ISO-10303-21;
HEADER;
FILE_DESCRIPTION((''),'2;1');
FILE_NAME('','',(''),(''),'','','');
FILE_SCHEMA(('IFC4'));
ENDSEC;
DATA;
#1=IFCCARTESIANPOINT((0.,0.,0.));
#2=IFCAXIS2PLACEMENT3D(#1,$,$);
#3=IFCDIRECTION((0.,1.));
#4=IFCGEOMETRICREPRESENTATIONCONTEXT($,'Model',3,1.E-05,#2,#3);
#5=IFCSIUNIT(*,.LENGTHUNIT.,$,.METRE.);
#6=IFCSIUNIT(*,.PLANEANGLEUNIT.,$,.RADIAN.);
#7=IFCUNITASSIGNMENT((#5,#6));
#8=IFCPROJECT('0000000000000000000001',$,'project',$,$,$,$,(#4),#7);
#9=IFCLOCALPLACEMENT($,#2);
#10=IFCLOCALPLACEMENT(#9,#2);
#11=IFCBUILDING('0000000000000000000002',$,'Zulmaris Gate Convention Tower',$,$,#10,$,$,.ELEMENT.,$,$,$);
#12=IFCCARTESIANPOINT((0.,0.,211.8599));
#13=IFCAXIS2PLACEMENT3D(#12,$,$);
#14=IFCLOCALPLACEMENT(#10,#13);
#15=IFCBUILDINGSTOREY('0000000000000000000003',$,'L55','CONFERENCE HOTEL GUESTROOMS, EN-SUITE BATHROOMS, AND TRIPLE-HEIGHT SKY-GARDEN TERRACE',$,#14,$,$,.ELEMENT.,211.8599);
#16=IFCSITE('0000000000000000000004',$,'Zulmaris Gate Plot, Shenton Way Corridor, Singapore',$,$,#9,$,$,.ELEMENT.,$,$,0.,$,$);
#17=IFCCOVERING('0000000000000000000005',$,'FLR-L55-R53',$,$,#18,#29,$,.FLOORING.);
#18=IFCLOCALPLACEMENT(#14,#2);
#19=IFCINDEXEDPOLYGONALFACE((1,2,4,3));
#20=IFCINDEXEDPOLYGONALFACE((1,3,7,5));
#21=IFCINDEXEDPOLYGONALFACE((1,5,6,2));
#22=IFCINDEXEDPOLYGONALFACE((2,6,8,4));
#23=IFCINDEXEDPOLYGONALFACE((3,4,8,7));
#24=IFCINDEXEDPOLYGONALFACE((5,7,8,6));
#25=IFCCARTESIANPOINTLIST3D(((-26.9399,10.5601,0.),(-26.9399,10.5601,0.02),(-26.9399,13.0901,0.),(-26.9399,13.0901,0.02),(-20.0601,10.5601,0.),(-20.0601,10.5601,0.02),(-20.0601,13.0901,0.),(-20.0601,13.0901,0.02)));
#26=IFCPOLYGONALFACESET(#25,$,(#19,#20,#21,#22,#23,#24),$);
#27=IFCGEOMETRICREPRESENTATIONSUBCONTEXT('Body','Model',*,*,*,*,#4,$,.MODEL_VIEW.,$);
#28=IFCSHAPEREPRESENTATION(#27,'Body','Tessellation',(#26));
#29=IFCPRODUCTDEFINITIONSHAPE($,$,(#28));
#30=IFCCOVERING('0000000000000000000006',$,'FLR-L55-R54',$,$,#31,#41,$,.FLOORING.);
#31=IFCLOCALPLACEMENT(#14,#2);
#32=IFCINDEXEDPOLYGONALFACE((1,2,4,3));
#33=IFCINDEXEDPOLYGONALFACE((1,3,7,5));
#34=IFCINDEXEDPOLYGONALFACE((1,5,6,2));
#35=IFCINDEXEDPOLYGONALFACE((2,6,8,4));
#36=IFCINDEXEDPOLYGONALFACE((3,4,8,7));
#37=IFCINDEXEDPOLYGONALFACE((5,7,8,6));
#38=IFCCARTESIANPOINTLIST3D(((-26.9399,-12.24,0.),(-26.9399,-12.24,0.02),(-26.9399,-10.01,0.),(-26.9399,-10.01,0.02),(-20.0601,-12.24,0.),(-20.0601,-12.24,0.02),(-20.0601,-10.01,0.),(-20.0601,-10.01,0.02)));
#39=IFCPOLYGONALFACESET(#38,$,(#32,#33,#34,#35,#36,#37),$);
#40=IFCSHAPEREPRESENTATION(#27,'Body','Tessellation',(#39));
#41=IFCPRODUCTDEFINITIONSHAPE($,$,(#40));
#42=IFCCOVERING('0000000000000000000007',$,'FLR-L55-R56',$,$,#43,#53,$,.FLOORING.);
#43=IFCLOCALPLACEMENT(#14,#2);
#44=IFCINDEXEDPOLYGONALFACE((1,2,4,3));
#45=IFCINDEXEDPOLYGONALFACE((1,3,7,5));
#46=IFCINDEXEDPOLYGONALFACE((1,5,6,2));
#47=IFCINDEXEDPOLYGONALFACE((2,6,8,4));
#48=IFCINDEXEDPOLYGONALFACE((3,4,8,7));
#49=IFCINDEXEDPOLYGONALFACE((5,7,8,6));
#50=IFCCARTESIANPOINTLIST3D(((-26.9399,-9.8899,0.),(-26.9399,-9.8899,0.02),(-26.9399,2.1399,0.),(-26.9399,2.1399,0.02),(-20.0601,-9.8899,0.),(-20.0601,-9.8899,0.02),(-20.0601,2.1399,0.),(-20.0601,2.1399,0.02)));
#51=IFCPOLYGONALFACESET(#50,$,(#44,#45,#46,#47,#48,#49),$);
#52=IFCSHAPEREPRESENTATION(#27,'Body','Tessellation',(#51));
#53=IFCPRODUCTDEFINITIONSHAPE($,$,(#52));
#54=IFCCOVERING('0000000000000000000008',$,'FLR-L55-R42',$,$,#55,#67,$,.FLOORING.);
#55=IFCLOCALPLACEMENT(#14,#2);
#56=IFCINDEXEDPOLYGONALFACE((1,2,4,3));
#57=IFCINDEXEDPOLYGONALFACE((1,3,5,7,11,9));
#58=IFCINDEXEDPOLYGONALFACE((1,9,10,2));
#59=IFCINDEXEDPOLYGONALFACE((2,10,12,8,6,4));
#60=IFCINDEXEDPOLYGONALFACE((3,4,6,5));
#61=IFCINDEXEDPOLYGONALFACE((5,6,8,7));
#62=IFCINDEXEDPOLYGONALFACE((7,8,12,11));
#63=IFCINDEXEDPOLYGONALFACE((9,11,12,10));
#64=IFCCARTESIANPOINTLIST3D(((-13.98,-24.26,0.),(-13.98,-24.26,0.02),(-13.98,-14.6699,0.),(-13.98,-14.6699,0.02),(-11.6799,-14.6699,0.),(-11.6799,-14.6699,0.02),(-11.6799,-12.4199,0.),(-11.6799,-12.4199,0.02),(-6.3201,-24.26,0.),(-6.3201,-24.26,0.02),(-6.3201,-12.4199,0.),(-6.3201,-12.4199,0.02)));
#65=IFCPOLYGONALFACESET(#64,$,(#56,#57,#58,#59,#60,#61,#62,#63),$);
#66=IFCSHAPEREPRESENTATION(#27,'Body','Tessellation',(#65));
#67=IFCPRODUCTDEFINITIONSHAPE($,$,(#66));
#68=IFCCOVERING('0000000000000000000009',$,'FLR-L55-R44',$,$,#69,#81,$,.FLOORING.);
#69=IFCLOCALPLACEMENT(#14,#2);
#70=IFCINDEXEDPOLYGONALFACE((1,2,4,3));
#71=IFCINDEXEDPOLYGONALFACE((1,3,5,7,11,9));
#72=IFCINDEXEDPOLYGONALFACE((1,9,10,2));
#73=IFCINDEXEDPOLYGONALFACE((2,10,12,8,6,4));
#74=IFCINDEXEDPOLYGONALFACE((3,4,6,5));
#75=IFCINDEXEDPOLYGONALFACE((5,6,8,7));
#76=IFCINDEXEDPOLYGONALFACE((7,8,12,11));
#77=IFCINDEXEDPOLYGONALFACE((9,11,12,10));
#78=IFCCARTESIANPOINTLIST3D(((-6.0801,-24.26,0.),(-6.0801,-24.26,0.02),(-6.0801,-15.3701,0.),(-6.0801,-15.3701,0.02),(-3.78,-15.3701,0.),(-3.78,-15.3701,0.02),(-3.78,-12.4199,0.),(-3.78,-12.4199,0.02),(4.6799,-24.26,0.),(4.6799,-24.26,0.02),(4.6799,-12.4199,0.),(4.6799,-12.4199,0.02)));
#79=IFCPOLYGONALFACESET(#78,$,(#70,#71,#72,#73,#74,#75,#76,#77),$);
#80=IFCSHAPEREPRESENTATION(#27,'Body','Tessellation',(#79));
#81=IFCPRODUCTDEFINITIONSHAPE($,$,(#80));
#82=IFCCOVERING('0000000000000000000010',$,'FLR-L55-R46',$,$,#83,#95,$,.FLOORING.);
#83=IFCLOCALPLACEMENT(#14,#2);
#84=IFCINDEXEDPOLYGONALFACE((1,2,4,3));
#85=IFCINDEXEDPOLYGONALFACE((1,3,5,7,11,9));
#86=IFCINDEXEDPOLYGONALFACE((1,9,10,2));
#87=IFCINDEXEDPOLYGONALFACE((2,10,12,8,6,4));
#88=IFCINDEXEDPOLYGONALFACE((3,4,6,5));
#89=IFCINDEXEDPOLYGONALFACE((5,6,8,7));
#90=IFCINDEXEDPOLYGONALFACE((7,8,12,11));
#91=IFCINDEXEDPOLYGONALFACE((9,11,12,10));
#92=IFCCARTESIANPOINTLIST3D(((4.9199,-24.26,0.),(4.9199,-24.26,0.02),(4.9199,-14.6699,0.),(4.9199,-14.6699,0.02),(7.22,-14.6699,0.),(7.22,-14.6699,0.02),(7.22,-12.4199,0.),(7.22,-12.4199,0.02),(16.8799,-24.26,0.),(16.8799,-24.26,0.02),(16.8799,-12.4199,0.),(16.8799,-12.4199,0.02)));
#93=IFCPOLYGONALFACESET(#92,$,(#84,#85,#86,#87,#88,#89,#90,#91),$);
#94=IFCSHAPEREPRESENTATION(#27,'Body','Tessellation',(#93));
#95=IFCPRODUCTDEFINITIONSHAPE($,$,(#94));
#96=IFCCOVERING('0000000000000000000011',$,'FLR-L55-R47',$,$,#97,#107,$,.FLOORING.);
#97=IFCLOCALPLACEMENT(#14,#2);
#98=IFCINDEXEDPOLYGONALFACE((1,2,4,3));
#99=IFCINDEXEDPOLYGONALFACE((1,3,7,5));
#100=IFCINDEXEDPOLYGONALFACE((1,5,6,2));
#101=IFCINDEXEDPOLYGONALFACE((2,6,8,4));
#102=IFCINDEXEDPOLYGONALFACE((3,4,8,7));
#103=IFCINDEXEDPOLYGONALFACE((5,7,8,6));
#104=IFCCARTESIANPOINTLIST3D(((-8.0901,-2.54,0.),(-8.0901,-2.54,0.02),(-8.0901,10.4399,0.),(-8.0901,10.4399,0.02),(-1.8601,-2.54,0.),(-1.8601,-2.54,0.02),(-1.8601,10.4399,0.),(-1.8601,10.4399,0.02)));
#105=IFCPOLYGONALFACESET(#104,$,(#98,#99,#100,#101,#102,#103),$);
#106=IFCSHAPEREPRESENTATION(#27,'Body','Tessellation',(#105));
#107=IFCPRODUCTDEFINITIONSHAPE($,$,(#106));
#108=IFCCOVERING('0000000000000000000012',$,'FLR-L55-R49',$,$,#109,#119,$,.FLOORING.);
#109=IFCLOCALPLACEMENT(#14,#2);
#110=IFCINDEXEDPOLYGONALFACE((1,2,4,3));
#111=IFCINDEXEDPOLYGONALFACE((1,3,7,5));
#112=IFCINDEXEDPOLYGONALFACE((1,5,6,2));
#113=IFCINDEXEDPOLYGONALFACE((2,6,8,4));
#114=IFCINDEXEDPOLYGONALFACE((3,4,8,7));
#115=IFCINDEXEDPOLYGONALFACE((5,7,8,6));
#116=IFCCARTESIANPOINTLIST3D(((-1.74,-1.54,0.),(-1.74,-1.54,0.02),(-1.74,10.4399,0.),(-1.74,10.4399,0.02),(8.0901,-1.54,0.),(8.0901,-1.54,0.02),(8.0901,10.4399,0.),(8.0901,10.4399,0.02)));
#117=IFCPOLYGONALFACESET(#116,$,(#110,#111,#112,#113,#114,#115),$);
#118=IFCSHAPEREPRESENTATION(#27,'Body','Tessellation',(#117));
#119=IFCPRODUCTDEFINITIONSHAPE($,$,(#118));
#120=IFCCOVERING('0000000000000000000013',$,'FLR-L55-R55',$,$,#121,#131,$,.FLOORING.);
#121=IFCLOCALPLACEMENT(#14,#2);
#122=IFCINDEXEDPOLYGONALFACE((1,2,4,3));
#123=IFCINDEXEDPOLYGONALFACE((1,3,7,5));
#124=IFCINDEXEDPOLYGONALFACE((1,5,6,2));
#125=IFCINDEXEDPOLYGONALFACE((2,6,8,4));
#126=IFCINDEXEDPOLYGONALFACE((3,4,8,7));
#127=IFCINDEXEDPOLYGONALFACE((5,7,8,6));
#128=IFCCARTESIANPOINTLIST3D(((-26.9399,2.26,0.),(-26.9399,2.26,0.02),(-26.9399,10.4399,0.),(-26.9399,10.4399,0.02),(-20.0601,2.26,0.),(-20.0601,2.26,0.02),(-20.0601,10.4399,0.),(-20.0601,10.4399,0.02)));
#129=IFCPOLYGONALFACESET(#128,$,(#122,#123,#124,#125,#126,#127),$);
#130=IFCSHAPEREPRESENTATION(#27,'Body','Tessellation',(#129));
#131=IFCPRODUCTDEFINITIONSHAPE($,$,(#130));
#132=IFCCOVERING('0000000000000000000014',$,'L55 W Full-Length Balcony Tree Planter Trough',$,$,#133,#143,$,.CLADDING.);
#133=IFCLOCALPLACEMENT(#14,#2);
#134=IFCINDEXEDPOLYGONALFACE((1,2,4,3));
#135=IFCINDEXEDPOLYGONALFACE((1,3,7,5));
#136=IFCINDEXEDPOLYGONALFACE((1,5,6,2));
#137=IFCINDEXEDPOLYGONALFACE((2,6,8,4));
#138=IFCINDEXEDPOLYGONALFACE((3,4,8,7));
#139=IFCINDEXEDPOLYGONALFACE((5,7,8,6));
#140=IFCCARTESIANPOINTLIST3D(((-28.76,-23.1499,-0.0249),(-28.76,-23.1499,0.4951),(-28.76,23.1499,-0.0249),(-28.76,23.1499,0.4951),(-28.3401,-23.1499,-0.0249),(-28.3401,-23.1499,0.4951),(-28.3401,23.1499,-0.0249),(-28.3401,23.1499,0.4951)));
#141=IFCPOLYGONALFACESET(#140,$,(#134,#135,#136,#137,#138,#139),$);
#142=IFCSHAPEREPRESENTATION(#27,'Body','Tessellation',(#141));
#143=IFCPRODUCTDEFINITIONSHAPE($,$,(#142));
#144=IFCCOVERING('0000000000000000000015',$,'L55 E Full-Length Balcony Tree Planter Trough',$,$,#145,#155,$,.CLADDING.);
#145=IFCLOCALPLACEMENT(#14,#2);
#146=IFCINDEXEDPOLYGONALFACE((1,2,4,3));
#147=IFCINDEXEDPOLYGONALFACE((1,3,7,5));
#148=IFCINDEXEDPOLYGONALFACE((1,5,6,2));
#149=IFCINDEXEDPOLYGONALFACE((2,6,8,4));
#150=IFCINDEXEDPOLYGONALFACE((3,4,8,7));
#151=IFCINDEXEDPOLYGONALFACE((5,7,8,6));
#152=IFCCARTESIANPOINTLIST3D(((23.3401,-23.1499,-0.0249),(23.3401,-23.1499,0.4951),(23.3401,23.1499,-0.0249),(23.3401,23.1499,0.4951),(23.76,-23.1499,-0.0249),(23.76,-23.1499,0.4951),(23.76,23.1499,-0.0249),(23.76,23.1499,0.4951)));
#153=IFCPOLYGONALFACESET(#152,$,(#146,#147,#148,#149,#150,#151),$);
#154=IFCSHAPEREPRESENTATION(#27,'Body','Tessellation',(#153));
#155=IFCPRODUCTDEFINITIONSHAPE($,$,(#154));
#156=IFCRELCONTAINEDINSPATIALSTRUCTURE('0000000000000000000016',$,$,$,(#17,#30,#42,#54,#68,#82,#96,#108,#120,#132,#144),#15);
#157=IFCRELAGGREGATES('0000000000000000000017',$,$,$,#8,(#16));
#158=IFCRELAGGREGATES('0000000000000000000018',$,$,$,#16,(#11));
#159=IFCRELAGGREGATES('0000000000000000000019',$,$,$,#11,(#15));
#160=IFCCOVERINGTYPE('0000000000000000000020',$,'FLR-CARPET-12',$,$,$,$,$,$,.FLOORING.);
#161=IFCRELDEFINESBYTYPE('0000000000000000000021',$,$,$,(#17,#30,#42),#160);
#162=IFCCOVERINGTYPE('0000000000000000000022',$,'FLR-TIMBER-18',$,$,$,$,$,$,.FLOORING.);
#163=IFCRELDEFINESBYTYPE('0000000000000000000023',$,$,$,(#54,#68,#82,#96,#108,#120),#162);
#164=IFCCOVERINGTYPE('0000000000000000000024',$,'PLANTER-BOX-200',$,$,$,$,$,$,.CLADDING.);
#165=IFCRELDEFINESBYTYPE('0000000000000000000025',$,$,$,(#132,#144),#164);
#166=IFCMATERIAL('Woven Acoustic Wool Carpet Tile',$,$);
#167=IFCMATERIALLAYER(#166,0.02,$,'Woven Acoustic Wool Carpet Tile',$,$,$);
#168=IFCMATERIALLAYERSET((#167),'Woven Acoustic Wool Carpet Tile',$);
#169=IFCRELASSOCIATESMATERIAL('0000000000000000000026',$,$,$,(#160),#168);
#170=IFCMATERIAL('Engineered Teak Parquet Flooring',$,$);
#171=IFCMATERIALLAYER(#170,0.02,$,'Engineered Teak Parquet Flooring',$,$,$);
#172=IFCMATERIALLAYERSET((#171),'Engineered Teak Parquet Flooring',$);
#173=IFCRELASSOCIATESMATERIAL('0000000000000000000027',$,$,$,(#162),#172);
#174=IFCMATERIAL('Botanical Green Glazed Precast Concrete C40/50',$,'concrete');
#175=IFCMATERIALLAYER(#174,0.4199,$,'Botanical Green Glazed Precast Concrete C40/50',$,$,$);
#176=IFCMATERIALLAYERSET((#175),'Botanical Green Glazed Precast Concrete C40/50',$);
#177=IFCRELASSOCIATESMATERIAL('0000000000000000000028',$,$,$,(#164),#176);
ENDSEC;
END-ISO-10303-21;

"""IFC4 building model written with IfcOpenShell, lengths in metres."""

from ifc_helpers import new_model, si_unit, direction, frame, origin, place, context, subcontext, project, spatial, polyline, outline, extrude, material, layer, layer_set, type_object, element, save


model = new_model("IFC4")

# Units and contexts
model_context = context("Model", 3, precision=1e-05, world=origin(), true_north=direction((0.0, 1.0)))
body_context = subcontext(model_context, "Body", "Model", "MODEL_VIEW")
ifc_project = project(units=[si_unit("LENGTHUNIT", "METRE"), si_unit("PLANEANGLEUNIT", "RADIAN")], contexts=[model_context])

# Site, building, storey
site_placement = place(None, origin())
site = spatial("IfcSite", under=ifc_project, at=site_placement, Name="Zulmaris Gate Plot, Shenton Way Corridor, Singapore", CompositionType="ELEMENT", RefElevation=0.0)
building_placement = place(site_placement, origin())
building = spatial("IfcBuilding", under=site, at=building_placement, Name="Zulmaris Gate Convention Tower", CompositionType="ELEMENT")
storey_placement = place(building_placement, frame((0.0, 0.0, 211.8599)))
storey = spatial("IfcBuildingStorey", under=building, at=storey_placement, Name="L55", Description="CONFERENCE HOTEL GUESTROOMS, EN-SUITE BATHROOMS, AND TRIPLE-HEIGHT SKY-GARDEN TERRACE", CompositionType="ELEMENT", Elevation=211.8599)

# Coverings
ifc_material_1 = material(Name="Woven Acoustic Wool Carpet Tile")
ifc_layer_1 = layer(ifc_material_1, 0.02, Name="Woven Acoustic Wool Carpet Tile")
ifc_layer_set_1 = layer_set([ifc_layer_1], Name="Woven Acoustic Wool Carpet Tile")
covering_type_1 = type_object("IfcCoveringType", Name="FLR-CARPET-12", PredefinedType="FLOORING", material=ifc_layer_set_1)
covering_1_placement = place(storey_placement, origin())
element("IfcCovering", 1, at=covering_1_placement, inside=storey, type_object=covering_type_1, Name="FLR-L55-R53", PredefinedType="FLOORING", context=body_context, shape_type="SweptSolid", body=[
    extrude(outline(polyline([(-26.9399, 10.5601), (-20.0601, 10.5601), (-20.0601, 13.0901), (-26.9399, 13.0901), (-26.9399, 10.5601)])), origin(), (0.0, 0.0, 1.0), 0.02),
])
covering_2_placement = place(storey_placement, origin())
element("IfcCovering", 2, at=covering_2_placement, inside=storey, type_object=covering_type_1, Name="FLR-L55-R54", PredefinedType="FLOORING", context=body_context, shape_type="SweptSolid", body=[
    extrude(outline(polyline([(-26.9399, -12.24), (-20.0601, -12.24), (-20.0601, -10.01), (-26.9399, -10.01), (-26.9399, -12.24)])), origin(), (0.0, 0.0, 1.0), 0.02),
])
covering_3_placement = place(storey_placement, origin())
element("IfcCovering", 3, at=covering_3_placement, inside=storey, type_object=covering_type_1, Name="FLR-L55-R56", PredefinedType="FLOORING", context=body_context, shape_type="SweptSolid", body=[
    extrude(outline(polyline([(-26.9399, -9.8899), (-20.0601, -9.8899), (-20.0601, 2.1399), (-26.9399, 2.1399), (-26.9399, -9.8899)])), origin(), (0.0, 0.0, 1.0), 0.02),
])
ifc_material_2 = material(Name="Engineered Teak Parquet Flooring")
ifc_layer_2 = layer(ifc_material_2, 0.02, Name="Engineered Teak Parquet Flooring")
ifc_layer_set_2 = layer_set([ifc_layer_2], Name="Engineered Teak Parquet Flooring")
covering_type_2 = type_object("IfcCoveringType", Name="FLR-TIMBER-18", PredefinedType="FLOORING", material=ifc_layer_set_2)
covering_4_placement = place(storey_placement, origin())
element("IfcCovering", 4, at=covering_4_placement, inside=storey, type_object=covering_type_2, Name="FLR-L55-R42", PredefinedType="FLOORING", context=body_context, shape_type="SweptSolid", body=[
    extrude(outline(polyline([(-13.98, -24.26), (-6.3201, -24.26), (-6.3201, -12.4199), (-11.6799, -12.4199), (-11.6799, -14.6699), (-13.98, -14.6699), (-13.98, -24.26)])), origin(), (0.0, 0.0, 1.0), 0.02),
])
covering_5_placement = place(storey_placement, origin())
element("IfcCovering", 5, at=covering_5_placement, inside=storey, type_object=covering_type_2, Name="FLR-L55-R44", PredefinedType="FLOORING", context=body_context, shape_type="SweptSolid", body=[
    extrude(outline(polyline([(-6.0801, -24.26), (4.6799, -24.26), (4.6799, -12.4199), (-3.78, -12.4199), (-3.78, -15.3701), (-6.0801, -15.3701), (-6.0801, -24.26)])), origin(), (0.0, 0.0, 1.0), 0.02),
])
covering_6_placement = place(storey_placement, origin())
element("IfcCovering", 6, at=covering_6_placement, inside=storey, type_object=covering_type_2, Name="FLR-L55-R46", PredefinedType="FLOORING", context=body_context, shape_type="SweptSolid", body=[
    extrude(outline(polyline([(4.9199, -24.26), (16.8799, -24.26), (16.8799, -12.4199), (7.22, -12.4199), (7.22, -14.6699), (4.9199, -14.6699), (4.9199, -24.26)])), origin(), (0.0, 0.0, 1.0), 0.02),
])
covering_7_placement = place(storey_placement, origin())
element("IfcCovering", 7, at=covering_7_placement, inside=storey, type_object=covering_type_2, Name="FLR-L55-R47", PredefinedType="FLOORING", context=body_context, shape_type="SweptSolid", body=[
    extrude(outline(polyline([(-8.0901, -2.54), (-1.8601, -2.54), (-1.8601, 10.4399), (-8.0901, 10.4399), (-8.0901, -2.54)])), origin(), (0.0, 0.0, 1.0), 0.02),
])
covering_8_placement = place(storey_placement, origin())
element("IfcCovering", 8, at=covering_8_placement, inside=storey, type_object=covering_type_2, Name="FLR-L55-R49", PredefinedType="FLOORING", context=body_context, shape_type="SweptSolid", body=[
    extrude(outline(polyline([(-1.74, -1.54), (8.0901, -1.54), (8.0901, 10.4399), (-1.74, 10.4399), (-1.74, -1.54)])), origin(), (0.0, 0.0, 1.0), 0.02),
])
covering_9_placement = place(storey_placement, origin())
element("IfcCovering", 9, at=covering_9_placement, inside=storey, type_object=covering_type_2, Name="FLR-L55-R55", PredefinedType="FLOORING", context=body_context, shape_type="SweptSolid", body=[
    extrude(outline(polyline([(-26.9399, 2.26), (-20.0601, 2.26), (-20.0601, 10.4399), (-26.9399, 10.4399), (-26.9399, 2.26)])), origin(), (0.0, 0.0, 1.0), 0.02),
])
ifc_material_3 = material(Name="Botanical Green Glazed Precast Concrete C40/50", Category="concrete")
ifc_layer_3 = layer(ifc_material_3, 0.4199, Name="Botanical Green Glazed Precast Concrete C40/50")
ifc_layer_set_3 = layer_set([ifc_layer_3], Name="Botanical Green Glazed Precast Concrete C40/50")
covering_type_3 = type_object("IfcCoveringType", Name="PLANTER-BOX-200", PredefinedType="CLADDING", material=ifc_layer_set_3)
covering_10_placement = place(storey_placement, frame((0.0, 0.0, -0.0249)))
element("IfcCovering", 10, at=covering_10_placement, inside=storey, type_object=covering_type_3, Name="L55 W Full-Length Balcony Tree Planter Trough", PredefinedType="CLADDING", context=body_context, shape_type="SweptSolid", body=[
    extrude(outline(polyline([(-28.76, -23.1499), (-28.3401, -23.1499), (-28.3401, 23.1499), (-28.76, 23.1499), (-28.76, -23.1499)])), origin(), (0.0, 0.0, 1.0), 0.52),
])
covering_11_placement = place(storey_placement, frame((0.0, 0.0, -0.0249)))
element("IfcCovering", 11, at=covering_11_placement, inside=storey, type_object=covering_type_3, Name="L55 E Full-Length Balcony Tree Planter Trough", PredefinedType="CLADDING", context=body_context, shape_type="SweptSolid", body=[
    extrude(outline(polyline([(23.3401, -23.1499), (23.76, -23.1499), (23.76, 23.1499), (23.3401, 23.1499), (23.3401, -23.1499)])), origin(), (0.0, 0.0, 1.0), 0.52),
])

save(model, "model.ifc")
